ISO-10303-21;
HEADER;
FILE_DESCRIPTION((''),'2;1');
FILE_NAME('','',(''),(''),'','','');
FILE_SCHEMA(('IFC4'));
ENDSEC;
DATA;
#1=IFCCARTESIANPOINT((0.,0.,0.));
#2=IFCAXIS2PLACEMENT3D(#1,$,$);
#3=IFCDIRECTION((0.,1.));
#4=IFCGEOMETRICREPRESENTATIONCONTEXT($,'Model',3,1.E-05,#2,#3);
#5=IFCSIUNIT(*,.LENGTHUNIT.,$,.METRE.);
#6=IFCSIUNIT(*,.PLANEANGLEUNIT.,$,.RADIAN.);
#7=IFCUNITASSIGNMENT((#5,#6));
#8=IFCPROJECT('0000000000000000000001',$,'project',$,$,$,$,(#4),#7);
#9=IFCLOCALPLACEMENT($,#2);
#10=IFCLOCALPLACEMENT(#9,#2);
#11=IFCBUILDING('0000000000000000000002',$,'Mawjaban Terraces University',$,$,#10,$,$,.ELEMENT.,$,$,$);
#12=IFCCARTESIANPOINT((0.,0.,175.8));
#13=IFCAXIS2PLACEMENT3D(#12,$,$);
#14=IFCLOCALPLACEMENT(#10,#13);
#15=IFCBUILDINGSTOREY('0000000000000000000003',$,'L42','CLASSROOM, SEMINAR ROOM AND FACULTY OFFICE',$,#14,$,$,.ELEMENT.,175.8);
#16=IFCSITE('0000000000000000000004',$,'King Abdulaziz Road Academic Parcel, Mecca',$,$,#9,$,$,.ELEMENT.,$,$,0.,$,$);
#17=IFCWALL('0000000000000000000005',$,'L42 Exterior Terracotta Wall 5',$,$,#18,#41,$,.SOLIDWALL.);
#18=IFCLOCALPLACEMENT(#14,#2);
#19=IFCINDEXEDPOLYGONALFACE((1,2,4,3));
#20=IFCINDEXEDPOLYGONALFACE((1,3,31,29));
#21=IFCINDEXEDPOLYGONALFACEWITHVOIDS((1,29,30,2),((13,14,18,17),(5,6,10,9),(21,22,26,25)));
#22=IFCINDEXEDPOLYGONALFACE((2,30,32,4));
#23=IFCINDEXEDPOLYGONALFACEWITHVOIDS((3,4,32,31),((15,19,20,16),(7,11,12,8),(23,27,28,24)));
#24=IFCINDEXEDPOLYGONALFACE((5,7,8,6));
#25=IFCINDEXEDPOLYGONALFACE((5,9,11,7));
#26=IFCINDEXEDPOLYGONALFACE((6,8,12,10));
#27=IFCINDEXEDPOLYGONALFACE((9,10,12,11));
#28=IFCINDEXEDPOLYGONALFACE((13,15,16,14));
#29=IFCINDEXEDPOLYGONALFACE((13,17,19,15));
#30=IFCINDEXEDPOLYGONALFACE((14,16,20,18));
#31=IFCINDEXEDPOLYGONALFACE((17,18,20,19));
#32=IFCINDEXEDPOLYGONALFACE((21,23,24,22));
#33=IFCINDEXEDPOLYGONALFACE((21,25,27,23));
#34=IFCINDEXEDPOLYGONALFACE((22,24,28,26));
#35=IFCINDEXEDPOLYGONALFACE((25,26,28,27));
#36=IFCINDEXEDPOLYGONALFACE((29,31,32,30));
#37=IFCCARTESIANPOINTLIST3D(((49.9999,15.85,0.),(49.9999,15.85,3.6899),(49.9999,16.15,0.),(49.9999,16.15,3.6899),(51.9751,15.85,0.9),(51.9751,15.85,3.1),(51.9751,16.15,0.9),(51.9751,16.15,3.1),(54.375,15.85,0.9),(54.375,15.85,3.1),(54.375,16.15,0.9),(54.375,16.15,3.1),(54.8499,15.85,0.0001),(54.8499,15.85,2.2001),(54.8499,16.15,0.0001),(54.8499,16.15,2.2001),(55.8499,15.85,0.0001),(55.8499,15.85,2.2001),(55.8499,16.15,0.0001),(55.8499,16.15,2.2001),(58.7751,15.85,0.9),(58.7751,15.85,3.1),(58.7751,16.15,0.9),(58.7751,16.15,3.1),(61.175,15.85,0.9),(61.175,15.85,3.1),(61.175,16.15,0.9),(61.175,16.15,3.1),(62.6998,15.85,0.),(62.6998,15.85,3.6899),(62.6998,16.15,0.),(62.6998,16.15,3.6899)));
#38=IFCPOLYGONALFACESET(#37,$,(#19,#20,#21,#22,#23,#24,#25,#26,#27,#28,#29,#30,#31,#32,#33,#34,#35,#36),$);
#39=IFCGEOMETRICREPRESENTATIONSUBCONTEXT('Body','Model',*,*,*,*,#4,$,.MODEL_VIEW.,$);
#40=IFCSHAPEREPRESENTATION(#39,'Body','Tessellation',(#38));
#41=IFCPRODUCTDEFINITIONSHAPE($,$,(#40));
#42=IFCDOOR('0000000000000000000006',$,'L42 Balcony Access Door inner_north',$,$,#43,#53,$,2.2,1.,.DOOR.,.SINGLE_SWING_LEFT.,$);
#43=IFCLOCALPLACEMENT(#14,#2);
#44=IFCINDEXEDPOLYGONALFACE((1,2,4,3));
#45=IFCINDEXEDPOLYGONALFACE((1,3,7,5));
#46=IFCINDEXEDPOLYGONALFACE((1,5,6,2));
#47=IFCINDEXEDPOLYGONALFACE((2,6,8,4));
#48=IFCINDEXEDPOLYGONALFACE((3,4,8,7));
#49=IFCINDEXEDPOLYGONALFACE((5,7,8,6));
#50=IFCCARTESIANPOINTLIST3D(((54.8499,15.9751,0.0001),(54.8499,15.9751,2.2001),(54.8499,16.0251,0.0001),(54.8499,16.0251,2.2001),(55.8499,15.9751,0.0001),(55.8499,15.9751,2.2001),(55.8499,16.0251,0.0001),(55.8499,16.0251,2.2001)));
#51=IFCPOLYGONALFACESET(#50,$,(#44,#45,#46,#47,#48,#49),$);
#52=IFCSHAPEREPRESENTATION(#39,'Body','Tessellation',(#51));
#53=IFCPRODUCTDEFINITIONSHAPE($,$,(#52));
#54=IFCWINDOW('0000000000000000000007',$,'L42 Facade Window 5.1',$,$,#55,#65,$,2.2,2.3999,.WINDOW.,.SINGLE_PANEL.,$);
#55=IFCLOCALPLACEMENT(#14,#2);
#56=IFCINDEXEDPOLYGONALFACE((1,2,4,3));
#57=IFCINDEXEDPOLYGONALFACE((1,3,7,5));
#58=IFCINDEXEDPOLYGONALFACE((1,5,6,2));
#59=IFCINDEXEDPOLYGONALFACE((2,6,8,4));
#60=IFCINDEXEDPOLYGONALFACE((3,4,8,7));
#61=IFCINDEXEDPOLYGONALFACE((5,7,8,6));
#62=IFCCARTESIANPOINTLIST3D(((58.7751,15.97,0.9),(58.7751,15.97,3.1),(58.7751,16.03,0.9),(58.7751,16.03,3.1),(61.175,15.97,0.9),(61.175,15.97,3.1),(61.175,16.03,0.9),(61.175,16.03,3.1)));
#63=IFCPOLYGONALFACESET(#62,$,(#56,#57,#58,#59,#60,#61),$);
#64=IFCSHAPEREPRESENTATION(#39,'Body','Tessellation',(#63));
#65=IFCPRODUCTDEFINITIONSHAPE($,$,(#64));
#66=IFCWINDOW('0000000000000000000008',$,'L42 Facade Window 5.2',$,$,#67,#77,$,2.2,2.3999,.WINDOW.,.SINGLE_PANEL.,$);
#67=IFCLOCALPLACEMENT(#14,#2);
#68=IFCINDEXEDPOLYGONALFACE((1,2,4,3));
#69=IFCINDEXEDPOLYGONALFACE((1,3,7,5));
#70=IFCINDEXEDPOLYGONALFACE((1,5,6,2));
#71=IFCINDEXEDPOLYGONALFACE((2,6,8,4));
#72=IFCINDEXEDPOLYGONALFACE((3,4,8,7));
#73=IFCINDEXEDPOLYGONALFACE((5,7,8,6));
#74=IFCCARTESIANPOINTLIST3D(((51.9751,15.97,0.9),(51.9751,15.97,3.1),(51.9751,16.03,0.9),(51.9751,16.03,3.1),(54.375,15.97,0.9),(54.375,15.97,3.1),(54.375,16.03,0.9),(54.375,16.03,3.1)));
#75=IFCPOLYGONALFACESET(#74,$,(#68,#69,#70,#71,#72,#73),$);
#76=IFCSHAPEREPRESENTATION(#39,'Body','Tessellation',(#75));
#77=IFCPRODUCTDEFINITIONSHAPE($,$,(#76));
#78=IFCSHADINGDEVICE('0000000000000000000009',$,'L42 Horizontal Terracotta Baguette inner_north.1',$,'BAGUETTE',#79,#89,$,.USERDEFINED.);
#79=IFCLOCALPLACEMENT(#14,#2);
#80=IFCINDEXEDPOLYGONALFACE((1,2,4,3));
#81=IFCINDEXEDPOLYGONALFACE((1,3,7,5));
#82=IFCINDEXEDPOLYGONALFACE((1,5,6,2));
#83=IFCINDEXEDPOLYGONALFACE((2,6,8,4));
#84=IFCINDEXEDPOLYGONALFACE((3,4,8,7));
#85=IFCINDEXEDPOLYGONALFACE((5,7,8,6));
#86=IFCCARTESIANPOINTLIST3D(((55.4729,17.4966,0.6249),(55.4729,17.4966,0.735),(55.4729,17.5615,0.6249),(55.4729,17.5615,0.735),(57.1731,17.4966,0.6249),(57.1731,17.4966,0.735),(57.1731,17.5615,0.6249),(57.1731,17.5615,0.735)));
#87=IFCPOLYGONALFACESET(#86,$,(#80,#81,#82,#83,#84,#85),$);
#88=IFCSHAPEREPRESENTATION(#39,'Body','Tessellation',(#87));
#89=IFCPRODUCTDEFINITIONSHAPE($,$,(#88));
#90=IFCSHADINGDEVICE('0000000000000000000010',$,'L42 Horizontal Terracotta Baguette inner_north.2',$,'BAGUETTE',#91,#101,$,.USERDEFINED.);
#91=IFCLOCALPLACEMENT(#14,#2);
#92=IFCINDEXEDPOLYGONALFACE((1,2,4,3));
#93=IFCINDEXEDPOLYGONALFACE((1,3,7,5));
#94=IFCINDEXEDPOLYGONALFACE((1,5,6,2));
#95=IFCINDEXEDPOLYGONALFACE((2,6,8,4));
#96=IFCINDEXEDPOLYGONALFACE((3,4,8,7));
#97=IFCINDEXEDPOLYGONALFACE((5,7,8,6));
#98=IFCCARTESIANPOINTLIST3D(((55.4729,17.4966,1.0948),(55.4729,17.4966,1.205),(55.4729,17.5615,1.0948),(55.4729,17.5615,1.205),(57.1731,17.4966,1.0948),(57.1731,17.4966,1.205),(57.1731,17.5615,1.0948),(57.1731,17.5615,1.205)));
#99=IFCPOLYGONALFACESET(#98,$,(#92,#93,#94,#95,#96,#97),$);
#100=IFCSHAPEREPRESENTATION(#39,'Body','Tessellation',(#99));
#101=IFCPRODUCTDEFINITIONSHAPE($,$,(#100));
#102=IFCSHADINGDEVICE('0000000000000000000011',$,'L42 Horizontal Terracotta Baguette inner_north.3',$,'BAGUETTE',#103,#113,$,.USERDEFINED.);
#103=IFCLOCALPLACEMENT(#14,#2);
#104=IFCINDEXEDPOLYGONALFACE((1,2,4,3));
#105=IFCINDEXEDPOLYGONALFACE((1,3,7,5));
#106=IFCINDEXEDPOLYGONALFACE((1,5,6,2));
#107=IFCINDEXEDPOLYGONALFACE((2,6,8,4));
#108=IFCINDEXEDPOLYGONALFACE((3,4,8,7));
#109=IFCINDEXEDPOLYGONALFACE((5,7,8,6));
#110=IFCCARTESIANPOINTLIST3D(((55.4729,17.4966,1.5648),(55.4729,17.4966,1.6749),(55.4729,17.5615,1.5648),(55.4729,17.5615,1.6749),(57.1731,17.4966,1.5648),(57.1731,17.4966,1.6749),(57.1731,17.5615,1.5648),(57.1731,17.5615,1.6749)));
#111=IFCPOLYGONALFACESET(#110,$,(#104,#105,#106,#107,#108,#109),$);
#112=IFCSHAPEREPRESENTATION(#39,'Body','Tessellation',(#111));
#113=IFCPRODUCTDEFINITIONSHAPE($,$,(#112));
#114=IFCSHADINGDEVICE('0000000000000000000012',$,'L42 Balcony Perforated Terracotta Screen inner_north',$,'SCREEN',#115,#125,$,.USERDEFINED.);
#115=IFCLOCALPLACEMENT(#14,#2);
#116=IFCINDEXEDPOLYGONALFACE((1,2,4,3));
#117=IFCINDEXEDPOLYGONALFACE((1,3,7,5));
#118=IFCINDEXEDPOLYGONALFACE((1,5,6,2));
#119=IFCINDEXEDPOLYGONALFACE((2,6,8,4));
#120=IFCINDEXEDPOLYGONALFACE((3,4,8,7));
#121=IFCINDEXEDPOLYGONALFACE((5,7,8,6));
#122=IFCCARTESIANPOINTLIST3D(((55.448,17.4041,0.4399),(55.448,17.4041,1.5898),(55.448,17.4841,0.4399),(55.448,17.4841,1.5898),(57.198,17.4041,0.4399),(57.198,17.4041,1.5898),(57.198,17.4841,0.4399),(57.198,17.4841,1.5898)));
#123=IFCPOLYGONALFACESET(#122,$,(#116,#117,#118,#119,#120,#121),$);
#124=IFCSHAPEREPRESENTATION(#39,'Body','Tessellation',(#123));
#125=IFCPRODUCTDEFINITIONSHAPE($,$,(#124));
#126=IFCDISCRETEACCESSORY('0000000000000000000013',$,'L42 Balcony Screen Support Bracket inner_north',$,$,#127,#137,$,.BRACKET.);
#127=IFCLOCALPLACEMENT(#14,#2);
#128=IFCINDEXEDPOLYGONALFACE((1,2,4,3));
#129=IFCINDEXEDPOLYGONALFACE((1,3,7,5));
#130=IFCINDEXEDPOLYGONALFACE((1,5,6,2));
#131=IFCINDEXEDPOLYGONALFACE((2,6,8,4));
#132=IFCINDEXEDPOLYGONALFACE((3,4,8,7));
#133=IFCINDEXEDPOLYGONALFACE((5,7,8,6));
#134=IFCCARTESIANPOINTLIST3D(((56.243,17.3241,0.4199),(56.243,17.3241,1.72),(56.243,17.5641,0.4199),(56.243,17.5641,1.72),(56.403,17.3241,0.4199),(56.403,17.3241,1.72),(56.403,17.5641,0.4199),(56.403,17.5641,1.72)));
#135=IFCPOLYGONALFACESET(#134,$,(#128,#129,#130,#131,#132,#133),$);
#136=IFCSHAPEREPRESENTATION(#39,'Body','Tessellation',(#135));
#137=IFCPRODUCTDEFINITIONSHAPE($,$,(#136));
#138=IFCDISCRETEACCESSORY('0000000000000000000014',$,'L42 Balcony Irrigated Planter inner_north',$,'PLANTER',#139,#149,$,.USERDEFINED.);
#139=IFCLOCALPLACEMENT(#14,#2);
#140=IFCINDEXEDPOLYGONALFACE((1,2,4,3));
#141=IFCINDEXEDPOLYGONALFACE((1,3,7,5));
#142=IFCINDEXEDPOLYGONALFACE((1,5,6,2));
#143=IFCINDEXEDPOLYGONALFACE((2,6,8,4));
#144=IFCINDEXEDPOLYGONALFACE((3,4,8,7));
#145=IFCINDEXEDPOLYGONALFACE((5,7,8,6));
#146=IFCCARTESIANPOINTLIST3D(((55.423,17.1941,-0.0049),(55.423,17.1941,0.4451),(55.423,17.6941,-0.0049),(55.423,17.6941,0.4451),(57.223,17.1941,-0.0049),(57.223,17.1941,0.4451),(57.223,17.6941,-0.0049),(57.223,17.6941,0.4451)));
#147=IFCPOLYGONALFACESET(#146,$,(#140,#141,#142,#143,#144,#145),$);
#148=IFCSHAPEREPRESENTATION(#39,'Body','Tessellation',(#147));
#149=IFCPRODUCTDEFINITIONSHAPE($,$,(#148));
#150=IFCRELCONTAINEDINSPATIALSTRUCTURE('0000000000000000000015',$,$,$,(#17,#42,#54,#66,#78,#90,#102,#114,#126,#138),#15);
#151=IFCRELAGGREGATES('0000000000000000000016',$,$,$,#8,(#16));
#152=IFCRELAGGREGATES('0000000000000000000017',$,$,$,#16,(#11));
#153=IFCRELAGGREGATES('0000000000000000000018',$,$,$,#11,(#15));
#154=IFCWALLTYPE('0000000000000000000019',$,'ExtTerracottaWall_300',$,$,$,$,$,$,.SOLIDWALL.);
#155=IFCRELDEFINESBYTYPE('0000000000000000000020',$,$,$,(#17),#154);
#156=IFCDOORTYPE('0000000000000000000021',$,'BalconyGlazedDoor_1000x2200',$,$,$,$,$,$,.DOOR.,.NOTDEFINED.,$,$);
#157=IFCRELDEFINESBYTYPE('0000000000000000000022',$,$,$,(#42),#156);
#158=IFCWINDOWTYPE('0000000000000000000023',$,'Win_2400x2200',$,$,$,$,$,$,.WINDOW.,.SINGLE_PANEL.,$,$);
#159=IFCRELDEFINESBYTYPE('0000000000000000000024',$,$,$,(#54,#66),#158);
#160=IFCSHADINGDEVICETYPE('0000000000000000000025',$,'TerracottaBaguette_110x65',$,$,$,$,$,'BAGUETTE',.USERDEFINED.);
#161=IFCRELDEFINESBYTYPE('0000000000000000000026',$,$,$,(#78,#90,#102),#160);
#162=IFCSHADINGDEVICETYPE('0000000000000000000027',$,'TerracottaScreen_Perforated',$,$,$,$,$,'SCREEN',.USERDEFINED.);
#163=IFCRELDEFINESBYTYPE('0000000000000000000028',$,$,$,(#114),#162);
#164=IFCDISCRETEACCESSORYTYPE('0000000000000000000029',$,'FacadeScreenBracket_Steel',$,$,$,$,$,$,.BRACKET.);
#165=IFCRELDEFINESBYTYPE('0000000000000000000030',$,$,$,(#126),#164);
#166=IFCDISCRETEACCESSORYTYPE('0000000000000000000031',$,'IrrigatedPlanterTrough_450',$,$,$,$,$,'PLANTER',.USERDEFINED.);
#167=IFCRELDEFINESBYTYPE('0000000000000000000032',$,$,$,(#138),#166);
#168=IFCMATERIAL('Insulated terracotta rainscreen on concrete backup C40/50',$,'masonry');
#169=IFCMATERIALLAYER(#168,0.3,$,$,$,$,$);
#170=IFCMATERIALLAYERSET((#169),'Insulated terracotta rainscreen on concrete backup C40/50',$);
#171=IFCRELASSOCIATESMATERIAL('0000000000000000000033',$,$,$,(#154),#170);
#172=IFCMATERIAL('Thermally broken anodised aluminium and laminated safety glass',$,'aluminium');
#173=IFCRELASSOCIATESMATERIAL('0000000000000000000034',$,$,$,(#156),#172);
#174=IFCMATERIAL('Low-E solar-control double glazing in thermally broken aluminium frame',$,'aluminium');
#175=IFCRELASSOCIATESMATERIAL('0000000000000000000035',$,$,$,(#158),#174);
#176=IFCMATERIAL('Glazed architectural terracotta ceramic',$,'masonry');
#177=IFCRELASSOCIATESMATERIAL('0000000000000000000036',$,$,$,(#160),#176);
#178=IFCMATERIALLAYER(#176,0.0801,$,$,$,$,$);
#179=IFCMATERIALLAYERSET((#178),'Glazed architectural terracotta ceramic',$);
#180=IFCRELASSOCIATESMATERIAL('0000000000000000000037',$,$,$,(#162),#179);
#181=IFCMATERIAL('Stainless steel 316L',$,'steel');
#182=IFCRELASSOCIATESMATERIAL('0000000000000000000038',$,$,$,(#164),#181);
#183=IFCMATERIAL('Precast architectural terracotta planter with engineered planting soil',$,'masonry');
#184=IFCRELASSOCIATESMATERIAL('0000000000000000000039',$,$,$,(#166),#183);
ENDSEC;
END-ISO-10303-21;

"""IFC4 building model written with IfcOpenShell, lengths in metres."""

from ifc_helpers import new_model, si_unit, direction, frame, frame_2d, origin, origin_2d, place, context, subcontext, project, spatial, rectangle, extrude, material, layer, layer_set, material_profile, profile_set, type_object, element, fill, save


model = new_model("IFC4")

# Units and contexts
model_context = context("Model", 3, precision=1e-05, world=origin(), true_north=direction((0.0, 1.0)))
body_context = subcontext(model_context, "Body", "Model", "MODEL_VIEW")
ifc_project = project(units=[si_unit("LENGTHUNIT", "METRE"), si_unit("PLANEANGLEUNIT", "RADIAN")], contexts=[model_context])

# Site, building, storey
site_placement = place(None, origin())
site = spatial("IfcSite", under=ifc_project, at=site_placement, Name="King Abdulaziz Road Academic Parcel, Mecca", CompositionType="ELEMENT", RefElevation=0.0)
building_placement = place(site_placement, origin())
building = spatial("IfcBuilding", under=site, at=building_placement, Name="Mawjaban Terraces University", CompositionType="ELEMENT")
storey_placement = place(building_placement, frame((0.0, 0.0, 175.8)))
storey = spatial("IfcBuildingStorey", under=building, at=storey_placement, Name="L42", Description="CLASSROOM, SEMINAR ROOM AND FACULTY OFFICE", CompositionType="ELEMENT", Elevation=175.8)

# Wall, openings, door, windows
ifc_material_1 = material(Name="Insulated terracotta rainscreen on concrete backup C40/50", Category="masonry")
ifc_layer_1 = layer(ifc_material_1, 0.3)
ifc_layer_set_1 = layer_set([ifc_layer_1], Name="Insulated terracotta rainscreen on concrete backup C40/50")
wall_type = type_object("IfcWallType", Name="ExtTerracottaWall_300", PredefinedType="SOLIDWALL", material=ifc_layer_set_1)
wall_placement = place(storey_placement, frame((62.7, 16.0, 0.0), z_axis=(0.0, 0.0, 1.0), x_axis=(-1.0, 0.0, 0.0)))
wall = element("IfcWall", 1, at=wall_placement, inside=storey, type_object=wall_type, Name="L42 Exterior Terracotta Wall 5", PredefinedType="SOLIDWALL", context=body_context, shape_type="SweptSolid", body=[
    extrude(rectangle(XDim=12.7, YDim=0.3, at=frame_2d((6.3501, 0.0))), origin(), (0.0, 0.0, 1.0), 3.6899),
])
opening_1_placement = place(wall_placement, frame((6.8501, 0.0, 0.0)))
opening_1 = element("IfcOpeningElement", 2, at=opening_1_placement, cuts=wall, PredefinedType="OPENING", context=body_context, shape_type="SweptSolid", body=[
    extrude(rectangle(XDim=1.0, YDim=2.2, at=frame_2d((0.5, 1.1001))), frame((0.0, 0.1599, 0.0), z_axis=(0.0, -1.0, 0.0), x_axis=(1.0, 0.0, 0.0)), (0.0, 0.0, 1.0), 0.3201),
])
opening_2_placement = place(wall_placement, frame((1.5249, 0.0, 0.8999)))
opening_2 = element("IfcOpeningElement", 3, at=opening_2_placement, cuts=wall, PredefinedType="OPENING", context=body_context, shape_type="SweptSolid", body=[
    extrude(rectangle(XDim=2.3999, YDim=2.2, at=frame_2d((1.2, 1.1001))), frame((0.0, 0.1599, 0.0), z_axis=(0.0, -1.0, 0.0), x_axis=(1.0, 0.0, 0.0)), (0.0, 0.0, 1.0), 0.3201),
])
opening_3_placement = place(wall_placement, frame((8.325, 0.0, 0.8999)))
opening_3 = element("IfcOpeningElement", 4, at=opening_3_placement, cuts=wall, PredefinedType="OPENING", context=body_context, shape_type="SweptSolid", body=[
    extrude(rectangle(XDim=2.3999, YDim=2.2, at=frame_2d((1.2, 1.1001))), frame((0.0, 0.1599, 0.0), z_axis=(0.0, -1.0, 0.0), x_axis=(1.0, 0.0, 0.0)), (0.0, 0.0, 1.0), 0.3201),
])
ifc_material_2 = material(Name="Thermally broken anodised aluminium and laminated safety glass", Category="aluminium")
door_type = type_object("IfcDoorType", Name="BalconyGlazedDoor_1000x2200", OperationType="NOTDEFINED", PredefinedType="DOOR", material=ifc_material_2)
door_placement = place(opening_1_placement, origin())
door = element("IfcDoor", 5, at=door_placement, inside=storey, type_object=door_type, Name="L42 Balcony Access Door inner_north", OperationType="SINGLE_SWING_LEFT", OverallHeight=2.2, OverallWidth=1.0, PredefinedType="DOOR", context=body_context, shape_type="SweptSolid", body=[
    extrude(rectangle(XDim=1.0, YDim=2.2, at=frame_2d((0.5, 1.1001))), frame((0.0, 0.0249, 0.0), z_axis=(0.0, -1.0, 0.0), x_axis=(1.0, 0.0, 0.0)), (0.0, 0.0, 1.0), 0.05),
])
fill(opening_1, door)
ifc_material_3 = material(Name="Low-E solar-control double glazing in thermally broken aluminium frame", Category="aluminium")
window_type = type_object("IfcWindowType", Name="Win_2400x2200", PartitioningType="SINGLE_PANEL", PredefinedType="WINDOW", material=ifc_material_3)
window_1_placement = place(opening_2_placement, origin())
window_1 = element("IfcWindow", 6, at=window_1_placement, inside=storey, type_object=window_type, Name="L42 Facade Window 5.1", OverallHeight=2.2, OverallWidth=2.3999, PartitioningType="SINGLE_PANEL", PredefinedType="WINDOW", context=body_context, shape_type="SweptSolid", body=[
    extrude(rectangle(XDim=2.3999, YDim=2.2, at=frame_2d((1.2, 1.1001))), frame((0.0, 0.03, 0.0), z_axis=(0.0, -1.0, 0.0), x_axis=(1.0, 0.0, 0.0)), (0.0, 0.0, 1.0), 0.0601),
])
fill(opening_2, window_1)
window_2_placement = place(opening_3_placement, origin())
window_2 = element("IfcWindow", 7, at=window_2_placement, inside=storey, type_object=window_type, Name="L42 Facade Window 5.2", OverallHeight=2.2, OverallWidth=2.3999, PartitioningType="SINGLE_PANEL", PredefinedType="WINDOW", context=body_context, shape_type="SweptSolid", body=[
    extrude(rectangle(XDim=2.3999, YDim=2.2, at=frame_2d((1.2, 1.1001))), frame((0.0, 0.03, 0.0), z_axis=(0.0, -1.0, 0.0), x_axis=(1.0, 0.0, 0.0)), (0.0, 0.0, 1.0), 0.0601),
])
fill(opening_3, window_2)

# Shading devices
ifc_material_4 = material(Name="Glazed architectural terracotta ceramic", Category="masonry")
ifc_material_profile_1 = material_profile(ifc_material_4, rectangle(XDim=0.0649, YDim=0.1101, at=origin_2d()), Name="TBAG110X65")
ifc_profile_set_1 = profile_set([ifc_material_profile_1], Name="Glazed architectural terracotta ceramic")
shading_device_type_1 = type_object("IfcShadingDeviceType", Name="TerracottaBaguette_110x65", ElementType="BAGUETTE", PredefinedType="USERDEFINED", material=ifc_profile_set_1)
for number, where, z_axis, x_axis, name in (
    (8, (55.4729, 17.5291, 0.6799), (1.0, 0.0, 0.0), (0.0, 1.0, 0.0), "L42 Horizontal Terracotta Baguette inner_north.1"),
    (9, (55.4729, 17.5291, 1.1499), (1.0, 0.0, 0.0), (0.0, 1.0, 0.0), "L42 Horizontal Terracotta Baguette inner_north.2"),
    (10, (55.4729, 17.5291, 1.6199), (1.0, 0.0, 0.0), (0.0, 1.0, 0.0), "L42 Horizontal Terracotta Baguette inner_north.3"),
):
    element("IfcShadingDevice", number, at=place(storey_placement, frame(where, z_axis=z_axis, x_axis=x_axis)), inside=storey, type_object=shading_device_type_1, Name=name, ObjectType="BAGUETTE", PredefinedType="USERDEFINED", context=body_context, shape_type="SweptSolid", body=[
        extrude(rectangle(XDim=0.0649, YDim=0.1101, at=origin_2d()), origin(), (0.0, 0.0, 1.0), 1.7002),
    ])
ifc_layer_2 = layer(ifc_material_4, 0.0801)
ifc_layer_set_2 = layer_set([ifc_layer_2], Name="Glazed architectural terracotta ceramic")
shading_device_type_2 = type_object("IfcShadingDeviceType", Name="TerracottaScreen_Perforated", ElementType="SCREEN", PredefinedType="USERDEFINED", material=ifc_layer_set_2)
shading_device_placement = place(storey_placement, frame((56.323, 17.4441, 0.4399), z_axis=(0.0, 0.0, 1.0), x_axis=(1.0, 0.0, 0.0)))
element("IfcShadingDevice", 11, at=shading_device_placement, inside=storey, type_object=shading_device_type_2, Name="L42 Balcony Perforated Terracotta Screen inner_north", ObjectType="SCREEN", PredefinedType="USERDEFINED", context=body_context, shape_type="SweptSolid", body=[
    extrude(rectangle(XDim=1.75, YDim=0.0801, at=origin_2d()), origin(), (0.0, 0.0, 1.0), 1.1499),
])

# Discrete accessories
ifc_material_5 = material(Name="Stainless steel 316L", Category="steel")
discrete_accessory_type_1 = type_object("IfcDiscreteAccessoryType", Name="FacadeScreenBracket_Steel", PredefinedType="BRACKET", material=ifc_material_5)
discrete_accessory_1_placement = place(storey_placement, frame((56.323, 17.4441, 0.4199), z_axis=(0.0, 0.0, 1.0), x_axis=(1.0, 0.0, 0.0)))
element("IfcDiscreteAccessory", 12, at=discrete_accessory_1_placement, inside=storey, type_object=discrete_accessory_type_1, Name="L42 Balcony Screen Support Bracket inner_north", PredefinedType="BRACKET", context=body_context, shape_type="SweptSolid", body=[
    extrude(rectangle(XDim=0.1599, YDim=0.24, at=origin_2d()), origin(), (0.0, 0.0, 1.0), 1.3),
])
ifc_material_6 = material(Name="Precast architectural terracotta planter with engineered planting soil", Category="masonry")
discrete_accessory_type_2 = type_object("IfcDiscreteAccessoryType", Name="IrrigatedPlanterTrough_450", ElementType="PLANTER", PredefinedType="USERDEFINED", material=ifc_material_6)
discrete_accessory_2_placement = place(storey_placement, frame((56.323, 17.4441, -0.0049), z_axis=(0.0, 0.0, 1.0), x_axis=(1.0, 0.0, 0.0)))
element("IfcDiscreteAccessory", 13, at=discrete_accessory_2_placement, inside=storey, type_object=discrete_accessory_type_2, Name="L42 Balcony Irrigated Planter inner_north", ObjectType="PLANTER", PredefinedType="USERDEFINED", context=body_context, shape_type="SweptSolid", body=[
    extrude(rectangle(XDim=1.8, YDim=0.5, at=origin_2d()), origin(), (0.0, 0.0, 1.0), 0.45),
])

save(model, "model.ifc")
